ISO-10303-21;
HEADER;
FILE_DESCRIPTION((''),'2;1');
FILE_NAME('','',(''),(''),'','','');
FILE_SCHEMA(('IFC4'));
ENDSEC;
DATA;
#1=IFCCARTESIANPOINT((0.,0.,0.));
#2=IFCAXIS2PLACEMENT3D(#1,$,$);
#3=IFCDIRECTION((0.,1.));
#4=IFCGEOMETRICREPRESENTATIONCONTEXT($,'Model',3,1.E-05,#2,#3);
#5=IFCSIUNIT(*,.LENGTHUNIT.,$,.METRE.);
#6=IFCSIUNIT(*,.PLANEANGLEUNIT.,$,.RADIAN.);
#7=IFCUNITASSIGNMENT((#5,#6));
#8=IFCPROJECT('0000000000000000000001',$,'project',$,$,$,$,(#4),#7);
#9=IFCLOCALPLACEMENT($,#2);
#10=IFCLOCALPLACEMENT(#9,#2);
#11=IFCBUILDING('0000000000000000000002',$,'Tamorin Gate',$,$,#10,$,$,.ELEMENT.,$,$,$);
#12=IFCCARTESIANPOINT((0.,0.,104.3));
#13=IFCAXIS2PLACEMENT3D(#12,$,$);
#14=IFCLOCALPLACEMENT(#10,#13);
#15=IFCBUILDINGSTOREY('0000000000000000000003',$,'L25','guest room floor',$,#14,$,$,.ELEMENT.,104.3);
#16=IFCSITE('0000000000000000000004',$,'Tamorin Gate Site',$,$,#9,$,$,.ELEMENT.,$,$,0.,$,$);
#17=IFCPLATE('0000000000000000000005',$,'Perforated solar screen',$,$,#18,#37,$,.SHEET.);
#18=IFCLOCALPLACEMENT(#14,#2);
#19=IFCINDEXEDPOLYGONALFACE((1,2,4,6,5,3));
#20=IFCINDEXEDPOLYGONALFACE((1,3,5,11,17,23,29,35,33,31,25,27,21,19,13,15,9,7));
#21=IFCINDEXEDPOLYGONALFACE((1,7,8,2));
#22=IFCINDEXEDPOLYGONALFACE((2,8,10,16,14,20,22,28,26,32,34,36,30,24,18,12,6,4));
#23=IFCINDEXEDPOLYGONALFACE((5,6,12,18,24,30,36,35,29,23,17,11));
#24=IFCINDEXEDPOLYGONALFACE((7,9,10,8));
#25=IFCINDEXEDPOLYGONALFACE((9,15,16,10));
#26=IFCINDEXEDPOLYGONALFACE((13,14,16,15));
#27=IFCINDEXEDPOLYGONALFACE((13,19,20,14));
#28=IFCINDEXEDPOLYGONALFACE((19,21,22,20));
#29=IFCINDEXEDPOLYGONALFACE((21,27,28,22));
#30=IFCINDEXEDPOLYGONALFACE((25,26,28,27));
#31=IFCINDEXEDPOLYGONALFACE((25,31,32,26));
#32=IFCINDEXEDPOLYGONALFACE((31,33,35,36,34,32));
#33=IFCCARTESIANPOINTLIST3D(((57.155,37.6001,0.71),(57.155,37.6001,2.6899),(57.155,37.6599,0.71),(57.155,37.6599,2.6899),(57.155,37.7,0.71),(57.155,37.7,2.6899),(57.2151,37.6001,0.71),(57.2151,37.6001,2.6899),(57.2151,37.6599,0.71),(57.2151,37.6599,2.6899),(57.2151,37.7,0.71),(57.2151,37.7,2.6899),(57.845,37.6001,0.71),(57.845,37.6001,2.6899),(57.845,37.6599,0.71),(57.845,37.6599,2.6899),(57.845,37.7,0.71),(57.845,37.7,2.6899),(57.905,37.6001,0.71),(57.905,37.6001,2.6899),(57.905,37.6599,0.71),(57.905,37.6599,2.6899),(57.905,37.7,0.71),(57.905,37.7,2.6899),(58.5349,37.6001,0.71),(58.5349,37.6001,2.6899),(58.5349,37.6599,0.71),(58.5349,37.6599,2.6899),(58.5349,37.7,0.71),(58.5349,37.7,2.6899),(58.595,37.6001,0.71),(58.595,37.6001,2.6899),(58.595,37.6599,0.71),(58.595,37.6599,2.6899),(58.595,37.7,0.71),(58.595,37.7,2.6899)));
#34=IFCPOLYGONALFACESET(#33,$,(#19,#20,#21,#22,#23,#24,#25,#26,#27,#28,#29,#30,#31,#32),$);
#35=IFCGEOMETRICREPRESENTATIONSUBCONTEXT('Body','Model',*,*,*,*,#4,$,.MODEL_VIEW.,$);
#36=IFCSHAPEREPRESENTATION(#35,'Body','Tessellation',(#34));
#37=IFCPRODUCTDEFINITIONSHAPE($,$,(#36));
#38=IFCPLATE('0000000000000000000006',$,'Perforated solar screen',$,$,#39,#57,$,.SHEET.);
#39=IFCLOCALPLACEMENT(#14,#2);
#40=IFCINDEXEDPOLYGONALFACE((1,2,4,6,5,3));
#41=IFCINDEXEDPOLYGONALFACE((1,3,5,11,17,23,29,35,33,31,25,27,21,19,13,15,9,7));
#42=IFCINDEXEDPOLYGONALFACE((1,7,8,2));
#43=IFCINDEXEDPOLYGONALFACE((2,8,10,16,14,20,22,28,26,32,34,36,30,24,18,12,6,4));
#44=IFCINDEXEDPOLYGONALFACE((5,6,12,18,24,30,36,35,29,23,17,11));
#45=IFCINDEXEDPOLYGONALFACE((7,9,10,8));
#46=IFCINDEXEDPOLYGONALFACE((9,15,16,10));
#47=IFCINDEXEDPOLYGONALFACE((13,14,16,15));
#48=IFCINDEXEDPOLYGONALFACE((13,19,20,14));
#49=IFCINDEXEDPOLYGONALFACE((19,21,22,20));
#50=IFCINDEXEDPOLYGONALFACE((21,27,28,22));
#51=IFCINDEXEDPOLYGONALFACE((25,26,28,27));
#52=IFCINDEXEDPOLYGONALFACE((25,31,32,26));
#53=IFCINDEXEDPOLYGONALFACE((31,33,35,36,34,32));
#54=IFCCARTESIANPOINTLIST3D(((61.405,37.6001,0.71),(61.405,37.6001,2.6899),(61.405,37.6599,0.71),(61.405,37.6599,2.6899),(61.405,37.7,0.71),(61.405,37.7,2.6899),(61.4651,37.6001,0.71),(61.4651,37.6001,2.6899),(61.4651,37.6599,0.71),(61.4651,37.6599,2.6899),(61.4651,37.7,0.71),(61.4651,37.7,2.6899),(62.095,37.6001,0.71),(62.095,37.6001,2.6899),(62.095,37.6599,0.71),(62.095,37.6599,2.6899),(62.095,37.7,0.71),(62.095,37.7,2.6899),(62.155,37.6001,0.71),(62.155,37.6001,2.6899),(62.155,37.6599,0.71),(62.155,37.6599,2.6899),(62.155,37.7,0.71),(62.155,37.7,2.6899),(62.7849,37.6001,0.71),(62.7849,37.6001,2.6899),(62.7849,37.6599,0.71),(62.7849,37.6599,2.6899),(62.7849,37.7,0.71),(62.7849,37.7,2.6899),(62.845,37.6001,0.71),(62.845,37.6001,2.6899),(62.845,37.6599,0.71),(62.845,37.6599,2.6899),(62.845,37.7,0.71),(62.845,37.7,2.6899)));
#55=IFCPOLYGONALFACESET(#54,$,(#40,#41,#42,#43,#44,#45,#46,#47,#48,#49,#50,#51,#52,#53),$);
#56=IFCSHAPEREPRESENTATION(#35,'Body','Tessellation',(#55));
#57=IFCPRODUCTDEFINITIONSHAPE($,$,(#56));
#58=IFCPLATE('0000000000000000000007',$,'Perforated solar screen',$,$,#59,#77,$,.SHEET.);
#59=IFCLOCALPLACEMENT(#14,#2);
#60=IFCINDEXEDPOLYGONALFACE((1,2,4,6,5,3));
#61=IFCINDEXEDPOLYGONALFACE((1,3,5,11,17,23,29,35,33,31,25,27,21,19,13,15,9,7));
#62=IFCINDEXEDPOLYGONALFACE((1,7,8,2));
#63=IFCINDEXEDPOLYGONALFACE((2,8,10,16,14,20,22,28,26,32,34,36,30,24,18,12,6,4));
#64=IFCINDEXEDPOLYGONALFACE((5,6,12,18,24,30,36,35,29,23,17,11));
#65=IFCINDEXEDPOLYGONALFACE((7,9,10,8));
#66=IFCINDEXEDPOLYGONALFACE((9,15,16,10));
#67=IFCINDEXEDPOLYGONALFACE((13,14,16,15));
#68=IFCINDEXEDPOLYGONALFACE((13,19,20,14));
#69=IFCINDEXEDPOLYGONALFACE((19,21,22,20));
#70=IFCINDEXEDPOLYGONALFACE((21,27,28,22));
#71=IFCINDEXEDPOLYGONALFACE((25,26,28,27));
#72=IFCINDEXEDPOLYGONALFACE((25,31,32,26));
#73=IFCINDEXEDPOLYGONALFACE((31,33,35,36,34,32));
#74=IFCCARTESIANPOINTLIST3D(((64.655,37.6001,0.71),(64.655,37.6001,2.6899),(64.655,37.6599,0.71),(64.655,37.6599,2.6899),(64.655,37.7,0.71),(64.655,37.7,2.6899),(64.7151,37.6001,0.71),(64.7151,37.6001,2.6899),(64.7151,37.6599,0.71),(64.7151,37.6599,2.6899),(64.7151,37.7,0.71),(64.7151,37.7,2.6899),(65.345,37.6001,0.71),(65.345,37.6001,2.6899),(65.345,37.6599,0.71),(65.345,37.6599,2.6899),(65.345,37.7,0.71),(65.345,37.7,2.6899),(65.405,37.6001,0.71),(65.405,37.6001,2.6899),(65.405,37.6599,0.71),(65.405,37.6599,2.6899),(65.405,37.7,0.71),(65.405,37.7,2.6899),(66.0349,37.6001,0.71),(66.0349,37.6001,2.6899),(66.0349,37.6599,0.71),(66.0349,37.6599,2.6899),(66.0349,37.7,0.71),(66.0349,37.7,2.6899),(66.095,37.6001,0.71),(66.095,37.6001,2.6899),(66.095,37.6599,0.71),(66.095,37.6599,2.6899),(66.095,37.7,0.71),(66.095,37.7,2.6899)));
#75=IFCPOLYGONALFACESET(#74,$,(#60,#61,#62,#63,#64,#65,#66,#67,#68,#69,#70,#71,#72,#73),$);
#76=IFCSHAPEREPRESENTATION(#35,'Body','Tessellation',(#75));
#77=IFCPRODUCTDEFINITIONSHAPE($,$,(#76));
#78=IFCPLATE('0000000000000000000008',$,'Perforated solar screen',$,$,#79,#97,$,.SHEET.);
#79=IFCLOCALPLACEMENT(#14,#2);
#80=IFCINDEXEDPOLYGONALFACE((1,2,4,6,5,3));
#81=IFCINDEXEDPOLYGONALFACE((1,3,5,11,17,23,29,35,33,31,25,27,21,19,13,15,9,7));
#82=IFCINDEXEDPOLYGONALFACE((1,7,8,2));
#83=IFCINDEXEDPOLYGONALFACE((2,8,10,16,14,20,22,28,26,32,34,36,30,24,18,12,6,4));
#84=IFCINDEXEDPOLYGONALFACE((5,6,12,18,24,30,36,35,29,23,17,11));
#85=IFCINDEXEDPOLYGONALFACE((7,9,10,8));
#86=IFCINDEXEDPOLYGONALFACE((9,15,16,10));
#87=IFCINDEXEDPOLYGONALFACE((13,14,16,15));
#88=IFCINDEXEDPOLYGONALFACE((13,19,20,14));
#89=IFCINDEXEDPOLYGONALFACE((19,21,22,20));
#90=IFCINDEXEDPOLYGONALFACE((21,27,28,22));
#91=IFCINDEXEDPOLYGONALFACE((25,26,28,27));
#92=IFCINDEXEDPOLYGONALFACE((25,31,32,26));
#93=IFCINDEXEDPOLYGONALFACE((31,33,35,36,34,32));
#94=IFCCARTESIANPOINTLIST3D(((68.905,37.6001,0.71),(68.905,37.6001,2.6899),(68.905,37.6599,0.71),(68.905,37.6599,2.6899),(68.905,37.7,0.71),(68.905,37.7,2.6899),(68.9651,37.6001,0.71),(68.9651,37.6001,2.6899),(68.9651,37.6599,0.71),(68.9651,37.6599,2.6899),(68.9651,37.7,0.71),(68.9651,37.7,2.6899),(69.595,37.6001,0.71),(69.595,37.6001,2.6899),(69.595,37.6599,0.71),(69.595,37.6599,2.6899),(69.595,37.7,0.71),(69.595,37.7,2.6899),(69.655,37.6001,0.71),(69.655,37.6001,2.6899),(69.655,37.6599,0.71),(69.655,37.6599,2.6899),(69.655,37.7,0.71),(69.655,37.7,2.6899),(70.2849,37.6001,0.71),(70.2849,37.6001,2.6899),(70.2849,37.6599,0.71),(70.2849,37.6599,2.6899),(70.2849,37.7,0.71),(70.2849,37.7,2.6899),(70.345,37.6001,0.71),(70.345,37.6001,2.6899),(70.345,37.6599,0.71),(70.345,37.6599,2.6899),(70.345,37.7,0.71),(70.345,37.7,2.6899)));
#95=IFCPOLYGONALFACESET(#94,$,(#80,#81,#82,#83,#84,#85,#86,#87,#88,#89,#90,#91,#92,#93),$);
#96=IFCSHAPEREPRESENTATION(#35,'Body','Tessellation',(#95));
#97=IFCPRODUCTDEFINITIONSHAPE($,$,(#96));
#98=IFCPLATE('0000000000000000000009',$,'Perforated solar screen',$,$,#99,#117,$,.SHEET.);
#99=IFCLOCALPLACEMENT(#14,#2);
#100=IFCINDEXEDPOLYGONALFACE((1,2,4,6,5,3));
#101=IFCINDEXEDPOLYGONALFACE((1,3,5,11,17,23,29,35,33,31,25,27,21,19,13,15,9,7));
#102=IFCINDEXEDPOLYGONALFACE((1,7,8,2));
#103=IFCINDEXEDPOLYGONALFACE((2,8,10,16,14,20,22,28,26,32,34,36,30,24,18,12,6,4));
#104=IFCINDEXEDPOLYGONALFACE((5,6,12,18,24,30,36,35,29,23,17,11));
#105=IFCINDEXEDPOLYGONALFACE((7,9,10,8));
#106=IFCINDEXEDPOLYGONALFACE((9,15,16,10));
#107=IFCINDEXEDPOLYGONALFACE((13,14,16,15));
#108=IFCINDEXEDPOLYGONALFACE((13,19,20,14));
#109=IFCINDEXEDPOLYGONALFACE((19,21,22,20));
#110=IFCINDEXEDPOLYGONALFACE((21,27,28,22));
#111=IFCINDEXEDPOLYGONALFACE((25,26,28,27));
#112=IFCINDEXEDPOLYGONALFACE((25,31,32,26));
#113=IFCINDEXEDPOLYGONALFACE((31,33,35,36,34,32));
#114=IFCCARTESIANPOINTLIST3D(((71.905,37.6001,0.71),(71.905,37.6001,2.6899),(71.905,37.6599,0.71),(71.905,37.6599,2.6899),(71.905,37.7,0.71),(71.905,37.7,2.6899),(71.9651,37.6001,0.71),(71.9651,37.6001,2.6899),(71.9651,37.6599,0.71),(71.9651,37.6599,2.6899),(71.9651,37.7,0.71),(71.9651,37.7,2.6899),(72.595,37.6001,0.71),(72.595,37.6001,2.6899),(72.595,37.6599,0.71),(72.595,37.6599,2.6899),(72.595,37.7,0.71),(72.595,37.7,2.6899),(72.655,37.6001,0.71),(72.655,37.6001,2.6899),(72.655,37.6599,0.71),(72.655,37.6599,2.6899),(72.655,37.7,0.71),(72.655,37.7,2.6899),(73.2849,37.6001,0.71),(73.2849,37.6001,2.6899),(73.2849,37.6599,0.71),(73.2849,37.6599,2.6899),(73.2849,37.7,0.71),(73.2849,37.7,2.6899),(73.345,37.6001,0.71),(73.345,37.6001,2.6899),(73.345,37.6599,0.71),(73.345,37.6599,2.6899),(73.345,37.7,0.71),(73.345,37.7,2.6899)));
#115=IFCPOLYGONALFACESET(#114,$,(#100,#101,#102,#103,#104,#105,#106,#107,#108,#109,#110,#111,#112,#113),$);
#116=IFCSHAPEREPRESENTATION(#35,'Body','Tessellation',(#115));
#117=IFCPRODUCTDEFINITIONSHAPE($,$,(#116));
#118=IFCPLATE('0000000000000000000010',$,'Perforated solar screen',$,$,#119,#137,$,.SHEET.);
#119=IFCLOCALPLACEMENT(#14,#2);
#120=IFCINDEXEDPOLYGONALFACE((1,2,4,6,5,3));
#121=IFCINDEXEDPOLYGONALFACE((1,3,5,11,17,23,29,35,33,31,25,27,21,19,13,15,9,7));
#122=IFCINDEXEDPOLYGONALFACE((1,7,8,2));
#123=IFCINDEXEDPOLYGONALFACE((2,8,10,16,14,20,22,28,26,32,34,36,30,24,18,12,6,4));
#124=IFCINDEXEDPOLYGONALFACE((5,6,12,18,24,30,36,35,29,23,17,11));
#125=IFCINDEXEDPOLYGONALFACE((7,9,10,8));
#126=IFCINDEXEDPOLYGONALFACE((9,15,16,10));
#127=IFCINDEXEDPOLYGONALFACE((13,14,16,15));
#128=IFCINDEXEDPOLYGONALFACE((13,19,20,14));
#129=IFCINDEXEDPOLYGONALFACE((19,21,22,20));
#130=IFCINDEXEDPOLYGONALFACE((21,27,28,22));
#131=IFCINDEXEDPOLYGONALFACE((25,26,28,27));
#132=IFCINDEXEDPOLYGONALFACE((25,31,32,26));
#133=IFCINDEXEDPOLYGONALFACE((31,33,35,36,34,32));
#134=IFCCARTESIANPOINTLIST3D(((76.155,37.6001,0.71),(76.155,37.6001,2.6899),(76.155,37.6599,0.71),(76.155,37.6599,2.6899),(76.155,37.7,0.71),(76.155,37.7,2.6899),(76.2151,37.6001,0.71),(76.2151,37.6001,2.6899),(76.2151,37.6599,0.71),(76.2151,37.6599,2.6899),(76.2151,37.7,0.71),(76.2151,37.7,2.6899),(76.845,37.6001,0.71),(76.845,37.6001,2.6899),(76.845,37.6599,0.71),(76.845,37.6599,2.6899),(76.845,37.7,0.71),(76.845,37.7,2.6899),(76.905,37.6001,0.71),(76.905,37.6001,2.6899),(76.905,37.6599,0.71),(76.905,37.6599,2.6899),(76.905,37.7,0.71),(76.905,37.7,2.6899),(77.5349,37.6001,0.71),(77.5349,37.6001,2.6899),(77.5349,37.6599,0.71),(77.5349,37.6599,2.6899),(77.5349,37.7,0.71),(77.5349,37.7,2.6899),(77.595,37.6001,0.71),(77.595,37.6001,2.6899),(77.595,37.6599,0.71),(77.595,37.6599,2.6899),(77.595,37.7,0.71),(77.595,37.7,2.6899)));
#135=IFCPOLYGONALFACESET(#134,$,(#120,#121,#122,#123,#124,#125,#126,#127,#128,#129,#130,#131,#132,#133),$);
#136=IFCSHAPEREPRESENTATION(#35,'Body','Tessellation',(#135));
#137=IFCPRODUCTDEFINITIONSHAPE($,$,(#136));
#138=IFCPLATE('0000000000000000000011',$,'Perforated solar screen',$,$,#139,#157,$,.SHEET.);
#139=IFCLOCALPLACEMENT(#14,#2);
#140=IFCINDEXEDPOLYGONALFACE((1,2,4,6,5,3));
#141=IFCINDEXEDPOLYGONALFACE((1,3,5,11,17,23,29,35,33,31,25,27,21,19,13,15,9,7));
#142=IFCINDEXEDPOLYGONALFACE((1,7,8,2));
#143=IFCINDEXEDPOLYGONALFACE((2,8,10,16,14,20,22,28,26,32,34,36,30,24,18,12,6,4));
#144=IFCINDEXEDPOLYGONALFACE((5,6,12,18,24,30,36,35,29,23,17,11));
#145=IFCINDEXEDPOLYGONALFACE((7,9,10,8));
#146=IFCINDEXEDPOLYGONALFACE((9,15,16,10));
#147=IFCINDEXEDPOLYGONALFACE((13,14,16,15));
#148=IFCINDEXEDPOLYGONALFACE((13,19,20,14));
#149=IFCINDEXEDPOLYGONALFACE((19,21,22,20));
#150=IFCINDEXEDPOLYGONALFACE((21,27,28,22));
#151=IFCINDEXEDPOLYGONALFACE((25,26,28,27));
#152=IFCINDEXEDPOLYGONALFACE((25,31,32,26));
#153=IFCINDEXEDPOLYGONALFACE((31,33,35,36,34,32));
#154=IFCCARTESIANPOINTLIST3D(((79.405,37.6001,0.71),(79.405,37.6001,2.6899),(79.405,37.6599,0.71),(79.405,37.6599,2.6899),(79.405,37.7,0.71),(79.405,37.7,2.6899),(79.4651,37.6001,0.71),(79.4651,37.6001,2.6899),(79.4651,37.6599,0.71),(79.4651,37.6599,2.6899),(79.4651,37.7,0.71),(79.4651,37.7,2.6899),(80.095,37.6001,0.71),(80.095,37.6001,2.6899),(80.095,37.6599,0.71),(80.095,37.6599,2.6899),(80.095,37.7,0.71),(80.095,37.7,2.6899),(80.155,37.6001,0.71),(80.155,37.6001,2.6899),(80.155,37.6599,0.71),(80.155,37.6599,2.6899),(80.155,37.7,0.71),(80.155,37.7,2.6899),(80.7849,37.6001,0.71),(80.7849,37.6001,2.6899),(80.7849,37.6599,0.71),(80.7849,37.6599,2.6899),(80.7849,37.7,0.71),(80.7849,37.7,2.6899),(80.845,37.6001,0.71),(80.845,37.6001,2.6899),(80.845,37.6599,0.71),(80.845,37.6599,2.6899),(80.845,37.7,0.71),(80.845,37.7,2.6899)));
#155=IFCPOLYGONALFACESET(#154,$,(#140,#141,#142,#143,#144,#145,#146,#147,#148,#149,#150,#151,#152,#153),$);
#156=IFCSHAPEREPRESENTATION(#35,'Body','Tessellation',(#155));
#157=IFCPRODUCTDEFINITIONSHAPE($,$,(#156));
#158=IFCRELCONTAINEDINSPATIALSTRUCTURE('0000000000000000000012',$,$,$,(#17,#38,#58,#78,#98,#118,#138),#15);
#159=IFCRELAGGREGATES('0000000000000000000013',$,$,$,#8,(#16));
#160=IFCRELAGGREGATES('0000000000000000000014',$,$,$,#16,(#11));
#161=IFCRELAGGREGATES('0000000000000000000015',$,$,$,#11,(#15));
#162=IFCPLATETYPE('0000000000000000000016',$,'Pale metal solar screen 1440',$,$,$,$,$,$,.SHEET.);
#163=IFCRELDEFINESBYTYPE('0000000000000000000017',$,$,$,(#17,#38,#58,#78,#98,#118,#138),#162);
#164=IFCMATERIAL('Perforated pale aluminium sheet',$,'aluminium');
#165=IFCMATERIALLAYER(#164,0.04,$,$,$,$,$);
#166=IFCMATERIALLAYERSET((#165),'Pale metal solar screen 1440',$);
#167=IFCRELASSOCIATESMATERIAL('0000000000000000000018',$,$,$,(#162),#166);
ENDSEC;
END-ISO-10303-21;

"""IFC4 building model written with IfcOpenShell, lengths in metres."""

from ifc_helpers import new_model, si_unit, direction, frame, origin, place, context, subcontext, project, spatial, polyline, outline, extrude, material, layer, layer_set, type_object, element, save


model = new_model("IFC4")

# Units and contexts
model_context = context("Model", 3, precision=1e-05, world=origin(), true_north=direction((0.0, 1.0)))
body_context = subcontext(model_context, "Body", "Model", "MODEL_VIEW")
ifc_project = project(units=[si_unit("LENGTHUNIT", "METRE"), si_unit("PLANEANGLEUNIT", "RADIAN")], contexts=[model_context])

# Site, building, storey
site_placement = place(None, origin())
site = spatial("IfcSite", under=ifc_project, at=site_placement, Name="Tamorin Gate Site", CompositionType="ELEMENT", RefElevation=0.0)
building_placement = place(site_placement, origin())
building = spatial("IfcBuilding", under=site, at=building_placement, Name="Tamorin Gate", CompositionType="ELEMENT")
storey_placement = place(building_placement, frame((0.0, 0.0, 104.3)))
storey = spatial("IfcBuildingStorey", under=building, at=storey_placement, Name="L25", Description="guest room floor", CompositionType="ELEMENT", Elevation=104.3)

# Plates
ifc_material_1 = material(Name="Perforated pale aluminium sheet", Category="aluminium")
ifc_layer_1 = layer(ifc_material_1, 0.04)
ifc_layer_set_1 = layer_set([ifc_layer_1], Name="Pale metal solar screen 1440")
plate_type = type_object("IfcPlateType", Name="Pale metal solar screen 1440", PredefinedType="SHEET", material=ifc_layer_set_1)
plate_1_placement = place(storey_placement, frame((0.0, 0.0, 0.71)))
element("IfcPlate", 1, at=plate_1_placement, inside=storey, type_object=plate_type, Name="Perforated solar screen", PredefinedType="SHEET", context=body_context, shape_type="SweptSolid", body=[
    extrude(outline(polyline([(57.155, 37.6599), (57.155, 37.7), (57.2151, 37.7), (57.845, 37.7), (57.905, 37.7), (58.5349, 37.7), (58.595, 37.7), (58.595, 37.6599), (58.595, 37.6001), (58.5349, 37.6001), (58.5349, 37.6599), (57.905, 37.6599), (57.905, 37.6001), (57.845, 37.6001), (57.845, 37.6599), (57.2151, 37.6599), (57.2151, 37.6001), (57.155, 37.6001), (57.155, 37.6599)])), origin(), (0.0, 0.0, 1.0), 1.98),
])
plate_2_placement = place(storey_placement, frame((0.0, 0.0, 0.71)))
element("IfcPlate", 2, at=plate_2_placement, inside=storey, type_object=plate_type, Name="Perforated solar screen", PredefinedType="SHEET", context=body_context, shape_type="SweptSolid", body=[
    extrude(outline(polyline([(61.405, 37.6599), (61.405, 37.7), (61.4651, 37.7), (62.095, 37.7), (62.155, 37.7), (62.7849, 37.7), (62.845, 37.7), (62.845, 37.6599), (62.845, 37.6001), (62.7849, 37.6001), (62.7849, 37.6599), (62.155, 37.6599), (62.155, 37.6001), (62.095, 37.6001), (62.095, 37.6599), (61.4651, 37.6599), (61.4651, 37.6001), (61.405, 37.6001), (61.405, 37.6599)])), origin(), (0.0, 0.0, 1.0), 1.98),
])
plate_3_placement = place(storey_placement, frame((0.0, 0.0, 0.71)))
element("IfcPlate", 3, at=plate_3_placement, inside=storey, type_object=plate_type, Name="Perforated solar screen", PredefinedType="SHEET", context=body_context, shape_type="SweptSolid", body=[
    extrude(outline(polyline([(64.655, 37.6599), (64.655, 37.7), (64.7151, 37.7), (65.345, 37.7), (65.405, 37.7), (66.0349, 37.7), (66.095, 37.7), (66.095, 37.6599), (66.095, 37.6001), (66.0349, 37.6001), (66.0349, 37.6599), (65.405, 37.6599), (65.405, 37.6001), (65.345, 37.6001), (65.345, 37.6599), (64.7151, 37.6599), (64.7151, 37.6001), (64.655, 37.6001), (64.655, 37.6599)])), origin(), (0.0, 0.0, 1.0), 1.98),
])
plate_4_placement = place(storey_placement, frame((0.0, 0.0, 0.71)))
element("IfcPlate", 4, at=plate_4_placement, inside=storey, type_object=plate_type, Name="Perforated solar screen", PredefinedType="SHEET", context=body_context, shape_type="SweptSolid", body=[
    extrude(outline(polyline([(68.905, 37.6599), (68.905, 37.7), (68.9651, 37.7), (69.595, 37.7), (69.655, 37.7), (70.2849, 37.7), (70.345, 37.7), (70.345, 37.6599), (70.345, 37.6001), (70.2849, 37.6001), (70.2849, 37.6599), (69.655, 37.6599), (69.655, 37.6001), (69.595, 37.6001), (69.595, 37.6599), (68.9651, 37.6599), (68.9651, 37.6001), (68.905, 37.6001), (68.905, 37.6599)])), origin(), (0.0, 0.0, 1.0), 1.98),
])
plate_5_placement = place(storey_placement, frame((0.0, 0.0, 0.71)))
element("IfcPlate", 5, at=plate_5_placement, inside=storey, type_object=plate_type, Name="Perforated solar screen", PredefinedType="SHEET", context=body_context, shape_type="SweptSolid", body=[
    extrude(outline(polyline([(71.905, 37.6599), (71.905, 37.7), (71.9651, 37.7), (72.595, 37.7), (72.655, 37.7), (73.2849, 37.7), (73.345, 37.7), (73.345, 37.6599), (73.345, 37.6001), (73.2849, 37.6001), (73.2849, 37.6599), (72.655, 37.6599), (72.655, 37.6001), (72.595, 37.6001), (72.595, 37.6599), (71.9651, 37.6599), (71.9651, 37.6001), (71.905, 37.6001), (71.905, 37.6599)])), origin(), (0.0, 0.0, 1.0), 1.98),
])
plate_6_placement = place(storey_placement, frame((0.0, 0.0, 0.71)))
element("IfcPlate", 6, at=plate_6_placement, inside=storey, type_object=plate_type, Name="Perforated solar screen", PredefinedType="SHEET", context=body_context, shape_type="SweptSolid", body=[
    extrude(outline(polyline([(76.155, 37.6599), (76.155, 37.7), (76.2151, 37.7), (76.845, 37.7), (76.905, 37.7), (77.5349, 37.7), (77.595, 37.7), (77.595, 37.6599), (77.595, 37.6001), (77.5349, 37.6001), (77.5349, 37.6599), (76.905, 37.6599), (76.905, 37.6001), (76.845, 37.6001), (76.845, 37.6599), (76.2151, 37.6599), (76.2151, 37.6001), (76.155, 37.6001), (76.155, 37.6599)])), origin(), (0.0, 0.0, 1.0), 1.98),
])
plate_7_placement = place(storey_placement, frame((0.0, 0.0, 0.71)))
element("IfcPlate", 7, at=plate_7_placement, inside=storey, type_object=plate_type, Name="Perforated solar screen", PredefinedType="SHEET", context=body_context, shape_type="SweptSolid", body=[
    extrude(outline(polyline([(79.405, 37.6599), (79.405, 37.7), (79.4651, 37.7), (80.095, 37.7), (80.155, 37.7), (80.7849, 37.7), (80.845, 37.7), (80.845, 37.6599), (80.845, 37.6001), (80.7849, 37.6001), (80.7849, 37.6599), (80.155, 37.6599), (80.155, 37.6001), (80.095, 37.6001), (80.095, 37.6599), (79.4651, 37.6599), (79.4651, 37.6001), (79.405, 37.6001), (79.405, 37.6599)])), origin(), (0.0, 0.0, 1.0), 1.98),
])

save(model, "model.ifc")
